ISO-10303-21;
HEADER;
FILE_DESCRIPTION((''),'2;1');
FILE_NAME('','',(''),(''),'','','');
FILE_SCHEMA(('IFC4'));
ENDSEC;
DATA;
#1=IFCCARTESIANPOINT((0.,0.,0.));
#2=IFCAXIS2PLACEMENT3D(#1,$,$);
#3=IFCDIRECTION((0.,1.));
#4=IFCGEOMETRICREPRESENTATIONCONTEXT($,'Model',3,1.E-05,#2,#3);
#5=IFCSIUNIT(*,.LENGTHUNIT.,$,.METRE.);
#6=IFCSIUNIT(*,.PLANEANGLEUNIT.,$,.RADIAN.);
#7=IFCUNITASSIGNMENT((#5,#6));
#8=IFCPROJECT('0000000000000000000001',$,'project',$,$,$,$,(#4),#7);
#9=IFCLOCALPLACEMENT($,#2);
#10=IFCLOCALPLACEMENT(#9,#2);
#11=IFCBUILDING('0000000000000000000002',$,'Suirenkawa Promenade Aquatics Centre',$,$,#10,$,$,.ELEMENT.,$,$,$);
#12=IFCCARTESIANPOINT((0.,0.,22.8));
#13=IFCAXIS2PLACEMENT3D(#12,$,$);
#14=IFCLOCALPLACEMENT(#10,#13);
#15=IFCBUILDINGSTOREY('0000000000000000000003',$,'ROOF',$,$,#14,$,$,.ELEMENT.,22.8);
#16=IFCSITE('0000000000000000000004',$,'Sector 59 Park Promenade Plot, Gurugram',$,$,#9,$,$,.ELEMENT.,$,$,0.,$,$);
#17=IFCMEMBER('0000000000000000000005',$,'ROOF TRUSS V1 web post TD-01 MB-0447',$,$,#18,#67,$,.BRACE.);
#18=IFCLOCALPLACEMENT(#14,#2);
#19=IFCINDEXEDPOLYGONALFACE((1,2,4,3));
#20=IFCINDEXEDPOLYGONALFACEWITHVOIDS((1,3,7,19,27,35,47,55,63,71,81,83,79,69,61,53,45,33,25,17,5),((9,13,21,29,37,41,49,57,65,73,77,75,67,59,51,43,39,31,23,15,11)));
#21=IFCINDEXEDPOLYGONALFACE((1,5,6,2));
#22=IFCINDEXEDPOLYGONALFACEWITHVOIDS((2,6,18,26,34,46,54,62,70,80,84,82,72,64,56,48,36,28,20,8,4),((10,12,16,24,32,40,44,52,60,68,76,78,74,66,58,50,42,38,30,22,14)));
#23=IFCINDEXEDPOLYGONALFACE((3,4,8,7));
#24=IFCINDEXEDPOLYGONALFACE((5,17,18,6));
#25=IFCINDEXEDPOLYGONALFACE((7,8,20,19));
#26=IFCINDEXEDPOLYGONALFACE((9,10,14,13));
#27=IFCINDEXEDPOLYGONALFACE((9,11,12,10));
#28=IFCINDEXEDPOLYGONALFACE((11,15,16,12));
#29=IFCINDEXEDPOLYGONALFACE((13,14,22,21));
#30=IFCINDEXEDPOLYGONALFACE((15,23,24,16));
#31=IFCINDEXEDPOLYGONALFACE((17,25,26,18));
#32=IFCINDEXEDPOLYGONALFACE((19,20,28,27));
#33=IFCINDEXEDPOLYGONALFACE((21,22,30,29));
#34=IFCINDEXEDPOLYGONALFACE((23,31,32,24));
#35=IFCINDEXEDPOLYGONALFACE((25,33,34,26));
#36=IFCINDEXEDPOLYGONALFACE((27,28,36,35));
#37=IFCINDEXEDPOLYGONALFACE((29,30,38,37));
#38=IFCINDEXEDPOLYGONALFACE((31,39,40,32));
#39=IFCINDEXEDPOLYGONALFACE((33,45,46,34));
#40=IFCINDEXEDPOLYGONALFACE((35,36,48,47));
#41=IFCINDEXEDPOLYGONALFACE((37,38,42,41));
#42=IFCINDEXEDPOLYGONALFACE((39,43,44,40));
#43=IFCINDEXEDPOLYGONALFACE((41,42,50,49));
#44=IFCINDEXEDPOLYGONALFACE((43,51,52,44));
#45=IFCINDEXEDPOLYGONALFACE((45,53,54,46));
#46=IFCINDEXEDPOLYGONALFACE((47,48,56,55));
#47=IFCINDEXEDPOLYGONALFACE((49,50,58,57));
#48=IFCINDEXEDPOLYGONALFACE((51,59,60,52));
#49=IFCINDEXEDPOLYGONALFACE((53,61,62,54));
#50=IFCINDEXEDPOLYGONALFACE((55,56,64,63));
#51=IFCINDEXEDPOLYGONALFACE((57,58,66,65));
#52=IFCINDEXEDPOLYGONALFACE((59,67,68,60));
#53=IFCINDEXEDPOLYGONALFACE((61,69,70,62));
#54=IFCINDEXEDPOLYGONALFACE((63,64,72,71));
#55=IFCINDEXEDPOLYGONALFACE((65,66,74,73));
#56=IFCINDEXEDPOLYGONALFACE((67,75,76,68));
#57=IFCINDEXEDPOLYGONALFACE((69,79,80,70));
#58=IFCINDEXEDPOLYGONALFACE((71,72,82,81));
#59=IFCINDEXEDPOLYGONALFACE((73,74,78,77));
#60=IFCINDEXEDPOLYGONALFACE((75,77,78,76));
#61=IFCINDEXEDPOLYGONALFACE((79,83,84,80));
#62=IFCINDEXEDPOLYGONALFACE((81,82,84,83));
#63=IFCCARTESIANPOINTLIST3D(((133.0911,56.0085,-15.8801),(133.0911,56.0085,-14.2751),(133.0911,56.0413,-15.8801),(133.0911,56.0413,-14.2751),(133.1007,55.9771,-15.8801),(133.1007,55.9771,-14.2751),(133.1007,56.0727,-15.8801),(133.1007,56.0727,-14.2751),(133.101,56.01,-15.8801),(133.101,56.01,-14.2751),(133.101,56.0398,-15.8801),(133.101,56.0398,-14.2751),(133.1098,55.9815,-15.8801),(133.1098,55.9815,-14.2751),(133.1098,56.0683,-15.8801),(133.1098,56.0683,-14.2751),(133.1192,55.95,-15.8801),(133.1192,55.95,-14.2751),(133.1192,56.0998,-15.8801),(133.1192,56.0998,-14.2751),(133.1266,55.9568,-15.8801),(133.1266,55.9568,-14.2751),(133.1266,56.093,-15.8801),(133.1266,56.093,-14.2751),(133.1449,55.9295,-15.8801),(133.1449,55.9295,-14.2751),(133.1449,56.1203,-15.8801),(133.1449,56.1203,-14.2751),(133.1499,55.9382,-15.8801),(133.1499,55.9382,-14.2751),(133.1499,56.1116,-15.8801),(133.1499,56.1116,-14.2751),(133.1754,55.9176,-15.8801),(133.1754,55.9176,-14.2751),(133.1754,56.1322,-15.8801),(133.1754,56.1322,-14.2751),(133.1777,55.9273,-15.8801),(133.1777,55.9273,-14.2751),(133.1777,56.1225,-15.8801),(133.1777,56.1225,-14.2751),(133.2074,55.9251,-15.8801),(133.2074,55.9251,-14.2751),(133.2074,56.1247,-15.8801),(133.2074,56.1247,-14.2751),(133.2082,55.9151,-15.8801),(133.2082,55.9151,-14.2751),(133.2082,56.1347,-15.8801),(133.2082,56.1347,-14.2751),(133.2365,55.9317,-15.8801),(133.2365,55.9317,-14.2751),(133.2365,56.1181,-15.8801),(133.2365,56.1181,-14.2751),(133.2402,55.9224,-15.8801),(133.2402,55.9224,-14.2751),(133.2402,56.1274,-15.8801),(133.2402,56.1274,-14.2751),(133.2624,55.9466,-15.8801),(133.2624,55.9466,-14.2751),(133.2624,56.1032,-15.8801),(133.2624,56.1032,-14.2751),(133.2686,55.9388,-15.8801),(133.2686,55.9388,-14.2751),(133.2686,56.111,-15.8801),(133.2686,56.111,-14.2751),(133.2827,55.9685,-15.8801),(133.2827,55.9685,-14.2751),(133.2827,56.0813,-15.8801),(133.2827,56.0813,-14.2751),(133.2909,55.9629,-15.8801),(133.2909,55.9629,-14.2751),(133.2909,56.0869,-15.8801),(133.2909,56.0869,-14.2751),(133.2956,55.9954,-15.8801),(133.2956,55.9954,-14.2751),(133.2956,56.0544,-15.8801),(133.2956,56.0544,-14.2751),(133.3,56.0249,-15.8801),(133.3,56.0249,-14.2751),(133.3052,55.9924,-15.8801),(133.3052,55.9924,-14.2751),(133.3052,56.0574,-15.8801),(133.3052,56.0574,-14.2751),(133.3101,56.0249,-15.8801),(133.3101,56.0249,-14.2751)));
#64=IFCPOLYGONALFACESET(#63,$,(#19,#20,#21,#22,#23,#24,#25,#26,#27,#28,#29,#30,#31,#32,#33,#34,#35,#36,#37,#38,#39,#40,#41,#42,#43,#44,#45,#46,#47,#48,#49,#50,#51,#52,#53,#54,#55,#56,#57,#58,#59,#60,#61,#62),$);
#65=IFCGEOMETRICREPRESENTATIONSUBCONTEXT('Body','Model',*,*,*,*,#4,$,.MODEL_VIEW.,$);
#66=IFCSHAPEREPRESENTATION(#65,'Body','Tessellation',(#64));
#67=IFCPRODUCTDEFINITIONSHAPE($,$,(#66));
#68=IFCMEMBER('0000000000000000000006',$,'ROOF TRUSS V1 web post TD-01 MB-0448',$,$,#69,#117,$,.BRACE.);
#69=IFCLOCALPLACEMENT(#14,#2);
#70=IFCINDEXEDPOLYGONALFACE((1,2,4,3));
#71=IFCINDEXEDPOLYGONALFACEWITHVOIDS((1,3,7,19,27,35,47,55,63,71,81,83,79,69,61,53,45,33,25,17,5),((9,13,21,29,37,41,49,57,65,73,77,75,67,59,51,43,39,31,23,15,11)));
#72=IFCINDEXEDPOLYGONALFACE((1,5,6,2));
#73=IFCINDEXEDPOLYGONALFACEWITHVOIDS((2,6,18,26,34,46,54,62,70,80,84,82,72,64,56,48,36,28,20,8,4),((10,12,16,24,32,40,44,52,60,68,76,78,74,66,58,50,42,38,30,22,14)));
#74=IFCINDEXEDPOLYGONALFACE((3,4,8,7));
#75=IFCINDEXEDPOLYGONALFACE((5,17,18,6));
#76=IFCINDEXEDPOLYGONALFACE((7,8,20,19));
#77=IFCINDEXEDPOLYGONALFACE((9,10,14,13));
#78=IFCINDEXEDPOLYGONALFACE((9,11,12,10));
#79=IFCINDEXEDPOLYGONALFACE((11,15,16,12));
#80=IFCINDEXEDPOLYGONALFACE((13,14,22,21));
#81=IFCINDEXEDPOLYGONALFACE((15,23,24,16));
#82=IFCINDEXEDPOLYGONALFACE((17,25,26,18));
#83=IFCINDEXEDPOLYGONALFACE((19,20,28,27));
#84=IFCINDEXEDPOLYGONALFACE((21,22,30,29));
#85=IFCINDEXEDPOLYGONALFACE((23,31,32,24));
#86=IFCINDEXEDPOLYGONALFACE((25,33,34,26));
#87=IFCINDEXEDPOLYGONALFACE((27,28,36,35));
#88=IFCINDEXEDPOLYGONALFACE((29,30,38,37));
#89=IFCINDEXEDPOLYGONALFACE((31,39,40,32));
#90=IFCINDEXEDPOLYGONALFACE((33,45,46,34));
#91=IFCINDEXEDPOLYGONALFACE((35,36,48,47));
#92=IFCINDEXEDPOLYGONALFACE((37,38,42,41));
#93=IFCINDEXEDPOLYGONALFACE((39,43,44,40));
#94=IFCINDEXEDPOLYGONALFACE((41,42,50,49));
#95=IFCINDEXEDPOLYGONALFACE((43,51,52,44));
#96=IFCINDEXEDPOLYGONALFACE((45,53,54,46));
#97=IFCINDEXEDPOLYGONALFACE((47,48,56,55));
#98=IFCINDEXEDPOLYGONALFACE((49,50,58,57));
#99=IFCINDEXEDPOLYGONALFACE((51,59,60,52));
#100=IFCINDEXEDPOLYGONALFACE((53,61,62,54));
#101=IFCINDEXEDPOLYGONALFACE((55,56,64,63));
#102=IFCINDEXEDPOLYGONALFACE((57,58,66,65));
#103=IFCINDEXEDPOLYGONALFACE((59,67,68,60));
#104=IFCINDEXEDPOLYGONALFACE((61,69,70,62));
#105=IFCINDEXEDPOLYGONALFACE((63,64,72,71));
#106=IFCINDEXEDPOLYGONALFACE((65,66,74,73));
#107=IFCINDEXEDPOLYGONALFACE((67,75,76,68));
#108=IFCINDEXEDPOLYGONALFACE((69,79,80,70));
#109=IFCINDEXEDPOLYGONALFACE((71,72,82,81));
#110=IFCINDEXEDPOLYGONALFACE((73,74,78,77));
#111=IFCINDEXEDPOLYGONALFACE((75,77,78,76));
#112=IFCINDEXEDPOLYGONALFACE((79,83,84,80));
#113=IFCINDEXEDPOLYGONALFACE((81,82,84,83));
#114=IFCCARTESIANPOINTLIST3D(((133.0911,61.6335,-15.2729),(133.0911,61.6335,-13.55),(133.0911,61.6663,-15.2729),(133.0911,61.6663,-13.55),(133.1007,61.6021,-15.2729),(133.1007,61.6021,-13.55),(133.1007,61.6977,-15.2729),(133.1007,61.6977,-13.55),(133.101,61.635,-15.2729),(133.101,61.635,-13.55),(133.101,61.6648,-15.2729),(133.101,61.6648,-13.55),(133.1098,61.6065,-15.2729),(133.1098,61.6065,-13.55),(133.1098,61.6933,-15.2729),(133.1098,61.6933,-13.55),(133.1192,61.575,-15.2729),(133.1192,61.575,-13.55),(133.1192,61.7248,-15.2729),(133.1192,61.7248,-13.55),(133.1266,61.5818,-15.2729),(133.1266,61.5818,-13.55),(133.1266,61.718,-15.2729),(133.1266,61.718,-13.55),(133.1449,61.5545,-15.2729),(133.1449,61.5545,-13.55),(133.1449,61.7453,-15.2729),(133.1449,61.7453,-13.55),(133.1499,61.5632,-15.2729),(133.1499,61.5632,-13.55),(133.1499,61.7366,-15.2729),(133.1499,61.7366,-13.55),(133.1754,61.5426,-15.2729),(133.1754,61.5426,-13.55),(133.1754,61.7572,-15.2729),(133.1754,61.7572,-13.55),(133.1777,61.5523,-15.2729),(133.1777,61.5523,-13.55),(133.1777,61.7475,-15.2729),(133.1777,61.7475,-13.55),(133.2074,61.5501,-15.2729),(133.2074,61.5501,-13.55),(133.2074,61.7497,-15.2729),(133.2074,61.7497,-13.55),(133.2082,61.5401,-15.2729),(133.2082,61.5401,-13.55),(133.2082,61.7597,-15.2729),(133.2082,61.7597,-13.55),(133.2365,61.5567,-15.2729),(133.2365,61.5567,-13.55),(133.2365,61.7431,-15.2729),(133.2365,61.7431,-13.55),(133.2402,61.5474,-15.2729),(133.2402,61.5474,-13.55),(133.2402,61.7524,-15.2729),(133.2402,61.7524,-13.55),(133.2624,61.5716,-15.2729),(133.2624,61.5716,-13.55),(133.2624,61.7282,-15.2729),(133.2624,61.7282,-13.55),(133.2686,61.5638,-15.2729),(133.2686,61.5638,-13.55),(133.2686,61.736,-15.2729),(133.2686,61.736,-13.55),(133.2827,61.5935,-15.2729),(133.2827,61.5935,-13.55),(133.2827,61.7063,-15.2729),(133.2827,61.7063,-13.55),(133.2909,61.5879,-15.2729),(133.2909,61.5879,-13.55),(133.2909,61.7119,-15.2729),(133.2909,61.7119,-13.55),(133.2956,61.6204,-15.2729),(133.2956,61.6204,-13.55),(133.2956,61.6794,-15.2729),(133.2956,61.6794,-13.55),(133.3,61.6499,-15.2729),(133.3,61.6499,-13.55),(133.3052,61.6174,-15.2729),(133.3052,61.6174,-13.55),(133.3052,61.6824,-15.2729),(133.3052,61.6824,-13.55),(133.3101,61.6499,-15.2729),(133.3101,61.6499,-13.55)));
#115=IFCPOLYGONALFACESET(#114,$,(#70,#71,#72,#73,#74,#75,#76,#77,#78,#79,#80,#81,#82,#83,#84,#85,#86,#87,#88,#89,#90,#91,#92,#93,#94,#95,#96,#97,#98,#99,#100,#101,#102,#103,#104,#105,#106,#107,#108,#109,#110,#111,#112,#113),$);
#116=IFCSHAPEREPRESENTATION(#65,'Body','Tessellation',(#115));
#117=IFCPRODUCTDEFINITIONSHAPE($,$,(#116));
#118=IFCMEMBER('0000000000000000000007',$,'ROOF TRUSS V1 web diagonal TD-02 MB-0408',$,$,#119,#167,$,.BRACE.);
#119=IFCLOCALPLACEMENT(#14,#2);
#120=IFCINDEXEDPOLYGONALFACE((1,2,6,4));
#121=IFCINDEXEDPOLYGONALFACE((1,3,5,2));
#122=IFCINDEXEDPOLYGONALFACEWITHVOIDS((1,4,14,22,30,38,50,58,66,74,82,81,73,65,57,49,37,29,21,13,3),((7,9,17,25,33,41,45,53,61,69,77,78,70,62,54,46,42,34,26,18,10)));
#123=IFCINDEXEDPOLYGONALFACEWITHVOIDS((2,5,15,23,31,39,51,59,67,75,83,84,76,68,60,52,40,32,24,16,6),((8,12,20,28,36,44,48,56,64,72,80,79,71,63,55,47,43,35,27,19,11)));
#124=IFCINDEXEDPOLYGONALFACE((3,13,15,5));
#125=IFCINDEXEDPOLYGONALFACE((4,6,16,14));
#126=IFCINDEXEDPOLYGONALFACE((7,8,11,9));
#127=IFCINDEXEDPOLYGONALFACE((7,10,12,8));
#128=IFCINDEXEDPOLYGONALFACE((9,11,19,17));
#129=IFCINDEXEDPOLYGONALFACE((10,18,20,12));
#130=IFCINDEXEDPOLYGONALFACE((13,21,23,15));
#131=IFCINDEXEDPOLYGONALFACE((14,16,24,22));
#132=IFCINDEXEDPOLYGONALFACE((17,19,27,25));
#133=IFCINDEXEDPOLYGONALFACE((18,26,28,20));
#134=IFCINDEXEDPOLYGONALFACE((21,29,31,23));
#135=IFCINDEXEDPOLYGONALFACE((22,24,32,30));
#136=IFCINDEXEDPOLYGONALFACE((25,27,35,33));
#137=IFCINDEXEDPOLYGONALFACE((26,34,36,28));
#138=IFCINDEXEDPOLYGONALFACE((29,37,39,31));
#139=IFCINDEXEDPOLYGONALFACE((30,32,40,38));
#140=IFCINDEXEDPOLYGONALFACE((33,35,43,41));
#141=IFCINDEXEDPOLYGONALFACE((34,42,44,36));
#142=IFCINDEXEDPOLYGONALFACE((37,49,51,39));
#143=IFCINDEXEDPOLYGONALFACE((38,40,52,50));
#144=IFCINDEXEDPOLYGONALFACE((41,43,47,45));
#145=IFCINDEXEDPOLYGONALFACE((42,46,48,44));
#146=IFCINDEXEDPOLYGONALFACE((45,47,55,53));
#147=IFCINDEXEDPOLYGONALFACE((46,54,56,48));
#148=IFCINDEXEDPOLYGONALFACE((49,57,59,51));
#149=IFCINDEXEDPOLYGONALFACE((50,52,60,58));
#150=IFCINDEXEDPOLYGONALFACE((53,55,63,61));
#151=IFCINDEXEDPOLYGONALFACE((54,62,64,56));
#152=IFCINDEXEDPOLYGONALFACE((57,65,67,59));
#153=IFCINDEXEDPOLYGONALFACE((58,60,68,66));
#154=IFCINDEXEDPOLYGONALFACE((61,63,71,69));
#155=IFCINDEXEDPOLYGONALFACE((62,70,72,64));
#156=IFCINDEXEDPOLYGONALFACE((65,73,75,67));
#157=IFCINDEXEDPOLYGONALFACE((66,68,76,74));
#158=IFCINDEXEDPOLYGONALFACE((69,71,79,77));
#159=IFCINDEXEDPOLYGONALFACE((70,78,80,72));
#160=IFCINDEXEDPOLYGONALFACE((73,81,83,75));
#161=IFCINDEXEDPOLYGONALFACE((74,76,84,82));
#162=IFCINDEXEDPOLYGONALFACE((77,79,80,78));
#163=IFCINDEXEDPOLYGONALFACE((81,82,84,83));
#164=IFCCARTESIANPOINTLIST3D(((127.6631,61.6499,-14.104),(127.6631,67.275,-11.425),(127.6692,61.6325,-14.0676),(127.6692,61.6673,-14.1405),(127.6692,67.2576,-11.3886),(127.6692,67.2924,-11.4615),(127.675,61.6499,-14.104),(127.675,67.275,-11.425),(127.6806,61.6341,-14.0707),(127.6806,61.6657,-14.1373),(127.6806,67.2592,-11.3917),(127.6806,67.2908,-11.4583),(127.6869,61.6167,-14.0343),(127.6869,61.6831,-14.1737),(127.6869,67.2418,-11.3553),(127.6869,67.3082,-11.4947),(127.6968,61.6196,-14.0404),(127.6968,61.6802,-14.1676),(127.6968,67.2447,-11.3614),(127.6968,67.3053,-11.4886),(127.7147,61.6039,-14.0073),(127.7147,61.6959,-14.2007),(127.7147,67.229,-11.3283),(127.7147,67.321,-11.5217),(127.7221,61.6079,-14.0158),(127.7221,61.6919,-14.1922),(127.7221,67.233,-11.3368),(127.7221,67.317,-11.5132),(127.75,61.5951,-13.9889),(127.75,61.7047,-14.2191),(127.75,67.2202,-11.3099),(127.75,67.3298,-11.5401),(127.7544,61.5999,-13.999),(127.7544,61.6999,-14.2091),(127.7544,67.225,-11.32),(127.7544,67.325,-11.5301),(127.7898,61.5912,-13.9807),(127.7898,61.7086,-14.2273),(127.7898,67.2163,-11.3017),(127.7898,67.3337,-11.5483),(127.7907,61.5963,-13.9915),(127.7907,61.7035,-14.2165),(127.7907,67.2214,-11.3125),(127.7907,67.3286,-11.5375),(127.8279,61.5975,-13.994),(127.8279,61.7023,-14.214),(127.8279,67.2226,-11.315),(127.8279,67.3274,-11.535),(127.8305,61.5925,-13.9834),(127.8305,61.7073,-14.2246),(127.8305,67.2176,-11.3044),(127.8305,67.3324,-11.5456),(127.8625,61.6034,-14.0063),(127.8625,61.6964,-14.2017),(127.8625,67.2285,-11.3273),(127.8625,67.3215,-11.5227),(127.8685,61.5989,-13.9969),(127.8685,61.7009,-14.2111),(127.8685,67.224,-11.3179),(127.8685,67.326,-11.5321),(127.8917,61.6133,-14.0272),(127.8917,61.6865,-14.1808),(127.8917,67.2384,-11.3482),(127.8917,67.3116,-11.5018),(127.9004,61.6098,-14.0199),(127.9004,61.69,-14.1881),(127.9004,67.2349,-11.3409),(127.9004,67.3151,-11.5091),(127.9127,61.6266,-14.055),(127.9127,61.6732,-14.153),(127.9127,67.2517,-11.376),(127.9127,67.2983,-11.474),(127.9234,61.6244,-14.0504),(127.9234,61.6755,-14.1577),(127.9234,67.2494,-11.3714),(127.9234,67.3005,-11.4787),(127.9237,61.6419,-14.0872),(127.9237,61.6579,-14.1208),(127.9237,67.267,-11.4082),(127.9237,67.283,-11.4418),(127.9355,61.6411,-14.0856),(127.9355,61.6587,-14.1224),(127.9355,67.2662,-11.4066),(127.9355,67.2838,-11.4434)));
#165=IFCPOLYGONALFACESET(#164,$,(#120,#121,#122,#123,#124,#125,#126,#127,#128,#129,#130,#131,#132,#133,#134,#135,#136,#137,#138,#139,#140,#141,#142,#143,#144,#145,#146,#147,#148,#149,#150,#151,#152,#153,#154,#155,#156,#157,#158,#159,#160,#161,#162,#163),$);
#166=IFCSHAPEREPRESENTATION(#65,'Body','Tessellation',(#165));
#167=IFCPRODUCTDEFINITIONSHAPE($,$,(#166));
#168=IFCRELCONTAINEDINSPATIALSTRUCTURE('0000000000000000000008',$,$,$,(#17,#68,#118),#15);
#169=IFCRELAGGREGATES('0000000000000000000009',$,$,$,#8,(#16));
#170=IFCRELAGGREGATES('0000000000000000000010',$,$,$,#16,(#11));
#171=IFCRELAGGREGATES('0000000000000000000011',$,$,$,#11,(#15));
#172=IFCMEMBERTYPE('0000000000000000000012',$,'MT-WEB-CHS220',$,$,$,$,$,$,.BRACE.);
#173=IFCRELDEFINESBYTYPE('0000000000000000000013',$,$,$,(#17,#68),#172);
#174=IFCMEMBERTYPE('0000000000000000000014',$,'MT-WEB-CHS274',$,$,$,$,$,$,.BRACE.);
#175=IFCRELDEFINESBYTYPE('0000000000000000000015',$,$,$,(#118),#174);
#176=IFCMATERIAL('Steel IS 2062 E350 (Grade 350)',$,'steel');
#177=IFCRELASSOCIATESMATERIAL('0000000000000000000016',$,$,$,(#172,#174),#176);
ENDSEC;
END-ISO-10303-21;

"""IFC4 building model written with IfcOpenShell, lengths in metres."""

from ifc_helpers import new_model, si_unit, direction, frame, origin, origin_2d, place, context, subcontext, project, spatial, hollow_circle, extrude, material, material_profile, profile_set, type_object, element, save


model = new_model("IFC4")

# Units and contexts
model_context = context("Model", 3, precision=1e-05, world=origin(), true_north=direction((0.0, 1.0)))
body_context = subcontext(model_context, "Body", "Model", "MODEL_VIEW")
ifc_project = project(units=[si_unit("LENGTHUNIT", "METRE"), si_unit("PLANEANGLEUNIT", "RADIAN")], contexts=[model_context])

# Site, building, storey
site_placement = place(None, origin())
site = spatial("IfcSite", under=ifc_project, at=site_placement, Name="Sector 59 Park Promenade Plot, Gurugram", CompositionType="ELEMENT", RefElevation=0.0)
building_placement = place(site_placement, origin())
building = spatial("IfcBuilding", under=site, at=building_placement, Name="Suirenkawa Promenade Aquatics Centre", CompositionType="ELEMENT")
storey_placement = place(building_placement, frame((0.0, 0.0, 22.8)))
storey = spatial("IfcBuildingStorey", under=building, at=storey_placement, Name="ROOF", CompositionType="ELEMENT", Elevation=22.8)

# Shared definitions
ifc_material = material(Name="Steel IS 2062 E350 (Grade 350)", Category="steel")

# Members
ifc_material_profile_1 = material_profile(ifc_material, hollow_circle(Radius=0.1101, WallThickness=0.01, at=origin_2d()), Name="CHS 220x10", Category="steel")
ifc_profile_set_1 = profile_set([ifc_material_profile_1], Name="Steel IS 2062 E350 (Grade 350)")
member_type_1 = type_object("IfcMemberType", Name="MT-WEB-CHS220", PredefinedType="BRACE", material=ifc_profile_set_1)
member_1_placement = place(storey_placement, frame((133.2, 56.0249, -15.8801), z_axis=(0.0, 0.0, 1.0), x_axis=(1.0, 0.0, 0.0)))
element("IfcMember", 1, at=member_1_placement, inside=storey, type_object=member_type_1, Name="ROOF TRUSS V1 web post TD-01 MB-0447", PredefinedType="BRACE", context=body_context, shape_type="SweptSolid", body=[
    extrude(hollow_circle(Radius=0.1101, WallThickness=0.01, at=origin_2d()), origin(), (0.0, 0.0, 1.0), 1.605),
])
member_2_placement = place(storey_placement, frame((133.2, 61.6499, -15.2729), z_axis=(0.0, 0.0, 1.0), x_axis=(1.0, 0.0, 0.0)))
element("IfcMember", 2, at=member_2_placement, inside=storey, type_object=member_type_1, Name="ROOF TRUSS V1 web post TD-01 MB-0448", PredefinedType="BRACE", context=body_context, shape_type="SweptSolid", body=[
    extrude(hollow_circle(Radius=0.1101, WallThickness=0.01, at=origin_2d()), origin(), (0.0, 0.0, 1.0), 1.7229),
])
ifc_material_profile_2 = material_profile(ifc_material, hollow_circle(Radius=0.137, WallThickness=0.012, at=origin_2d()), Name="CHS 274x12", Category="steel")
ifc_profile_set_2 = profile_set([ifc_material_profile_2], Name="Steel IS 2062 E350 (Grade 350)")
member_type_2 = type_object("IfcMemberType", Name="MT-WEB-CHS274", PredefinedType="BRACE", material=ifc_profile_set_2)
member_3_placement = place(storey_placement, frame((127.8, 61.6499, -14.104), z_axis=(0.0, 0.902837, 0.429984), x_axis=(-1.0, 0.0, 0.0)))
element("IfcMember", 3, at=member_3_placement, inside=storey, type_object=member_type_2, Name="ROOF TRUSS V1 web diagonal TD-02 MB-0408", PredefinedType="BRACE", context=body_context, shape_type="SweptSolid", body=[
    extrude(hollow_circle(Radius=0.137, WallThickness=0.012, at=origin_2d()), origin(), (0.0, 0.0, 1.0), 6.2305),
])

save(model, "model.ifc")
